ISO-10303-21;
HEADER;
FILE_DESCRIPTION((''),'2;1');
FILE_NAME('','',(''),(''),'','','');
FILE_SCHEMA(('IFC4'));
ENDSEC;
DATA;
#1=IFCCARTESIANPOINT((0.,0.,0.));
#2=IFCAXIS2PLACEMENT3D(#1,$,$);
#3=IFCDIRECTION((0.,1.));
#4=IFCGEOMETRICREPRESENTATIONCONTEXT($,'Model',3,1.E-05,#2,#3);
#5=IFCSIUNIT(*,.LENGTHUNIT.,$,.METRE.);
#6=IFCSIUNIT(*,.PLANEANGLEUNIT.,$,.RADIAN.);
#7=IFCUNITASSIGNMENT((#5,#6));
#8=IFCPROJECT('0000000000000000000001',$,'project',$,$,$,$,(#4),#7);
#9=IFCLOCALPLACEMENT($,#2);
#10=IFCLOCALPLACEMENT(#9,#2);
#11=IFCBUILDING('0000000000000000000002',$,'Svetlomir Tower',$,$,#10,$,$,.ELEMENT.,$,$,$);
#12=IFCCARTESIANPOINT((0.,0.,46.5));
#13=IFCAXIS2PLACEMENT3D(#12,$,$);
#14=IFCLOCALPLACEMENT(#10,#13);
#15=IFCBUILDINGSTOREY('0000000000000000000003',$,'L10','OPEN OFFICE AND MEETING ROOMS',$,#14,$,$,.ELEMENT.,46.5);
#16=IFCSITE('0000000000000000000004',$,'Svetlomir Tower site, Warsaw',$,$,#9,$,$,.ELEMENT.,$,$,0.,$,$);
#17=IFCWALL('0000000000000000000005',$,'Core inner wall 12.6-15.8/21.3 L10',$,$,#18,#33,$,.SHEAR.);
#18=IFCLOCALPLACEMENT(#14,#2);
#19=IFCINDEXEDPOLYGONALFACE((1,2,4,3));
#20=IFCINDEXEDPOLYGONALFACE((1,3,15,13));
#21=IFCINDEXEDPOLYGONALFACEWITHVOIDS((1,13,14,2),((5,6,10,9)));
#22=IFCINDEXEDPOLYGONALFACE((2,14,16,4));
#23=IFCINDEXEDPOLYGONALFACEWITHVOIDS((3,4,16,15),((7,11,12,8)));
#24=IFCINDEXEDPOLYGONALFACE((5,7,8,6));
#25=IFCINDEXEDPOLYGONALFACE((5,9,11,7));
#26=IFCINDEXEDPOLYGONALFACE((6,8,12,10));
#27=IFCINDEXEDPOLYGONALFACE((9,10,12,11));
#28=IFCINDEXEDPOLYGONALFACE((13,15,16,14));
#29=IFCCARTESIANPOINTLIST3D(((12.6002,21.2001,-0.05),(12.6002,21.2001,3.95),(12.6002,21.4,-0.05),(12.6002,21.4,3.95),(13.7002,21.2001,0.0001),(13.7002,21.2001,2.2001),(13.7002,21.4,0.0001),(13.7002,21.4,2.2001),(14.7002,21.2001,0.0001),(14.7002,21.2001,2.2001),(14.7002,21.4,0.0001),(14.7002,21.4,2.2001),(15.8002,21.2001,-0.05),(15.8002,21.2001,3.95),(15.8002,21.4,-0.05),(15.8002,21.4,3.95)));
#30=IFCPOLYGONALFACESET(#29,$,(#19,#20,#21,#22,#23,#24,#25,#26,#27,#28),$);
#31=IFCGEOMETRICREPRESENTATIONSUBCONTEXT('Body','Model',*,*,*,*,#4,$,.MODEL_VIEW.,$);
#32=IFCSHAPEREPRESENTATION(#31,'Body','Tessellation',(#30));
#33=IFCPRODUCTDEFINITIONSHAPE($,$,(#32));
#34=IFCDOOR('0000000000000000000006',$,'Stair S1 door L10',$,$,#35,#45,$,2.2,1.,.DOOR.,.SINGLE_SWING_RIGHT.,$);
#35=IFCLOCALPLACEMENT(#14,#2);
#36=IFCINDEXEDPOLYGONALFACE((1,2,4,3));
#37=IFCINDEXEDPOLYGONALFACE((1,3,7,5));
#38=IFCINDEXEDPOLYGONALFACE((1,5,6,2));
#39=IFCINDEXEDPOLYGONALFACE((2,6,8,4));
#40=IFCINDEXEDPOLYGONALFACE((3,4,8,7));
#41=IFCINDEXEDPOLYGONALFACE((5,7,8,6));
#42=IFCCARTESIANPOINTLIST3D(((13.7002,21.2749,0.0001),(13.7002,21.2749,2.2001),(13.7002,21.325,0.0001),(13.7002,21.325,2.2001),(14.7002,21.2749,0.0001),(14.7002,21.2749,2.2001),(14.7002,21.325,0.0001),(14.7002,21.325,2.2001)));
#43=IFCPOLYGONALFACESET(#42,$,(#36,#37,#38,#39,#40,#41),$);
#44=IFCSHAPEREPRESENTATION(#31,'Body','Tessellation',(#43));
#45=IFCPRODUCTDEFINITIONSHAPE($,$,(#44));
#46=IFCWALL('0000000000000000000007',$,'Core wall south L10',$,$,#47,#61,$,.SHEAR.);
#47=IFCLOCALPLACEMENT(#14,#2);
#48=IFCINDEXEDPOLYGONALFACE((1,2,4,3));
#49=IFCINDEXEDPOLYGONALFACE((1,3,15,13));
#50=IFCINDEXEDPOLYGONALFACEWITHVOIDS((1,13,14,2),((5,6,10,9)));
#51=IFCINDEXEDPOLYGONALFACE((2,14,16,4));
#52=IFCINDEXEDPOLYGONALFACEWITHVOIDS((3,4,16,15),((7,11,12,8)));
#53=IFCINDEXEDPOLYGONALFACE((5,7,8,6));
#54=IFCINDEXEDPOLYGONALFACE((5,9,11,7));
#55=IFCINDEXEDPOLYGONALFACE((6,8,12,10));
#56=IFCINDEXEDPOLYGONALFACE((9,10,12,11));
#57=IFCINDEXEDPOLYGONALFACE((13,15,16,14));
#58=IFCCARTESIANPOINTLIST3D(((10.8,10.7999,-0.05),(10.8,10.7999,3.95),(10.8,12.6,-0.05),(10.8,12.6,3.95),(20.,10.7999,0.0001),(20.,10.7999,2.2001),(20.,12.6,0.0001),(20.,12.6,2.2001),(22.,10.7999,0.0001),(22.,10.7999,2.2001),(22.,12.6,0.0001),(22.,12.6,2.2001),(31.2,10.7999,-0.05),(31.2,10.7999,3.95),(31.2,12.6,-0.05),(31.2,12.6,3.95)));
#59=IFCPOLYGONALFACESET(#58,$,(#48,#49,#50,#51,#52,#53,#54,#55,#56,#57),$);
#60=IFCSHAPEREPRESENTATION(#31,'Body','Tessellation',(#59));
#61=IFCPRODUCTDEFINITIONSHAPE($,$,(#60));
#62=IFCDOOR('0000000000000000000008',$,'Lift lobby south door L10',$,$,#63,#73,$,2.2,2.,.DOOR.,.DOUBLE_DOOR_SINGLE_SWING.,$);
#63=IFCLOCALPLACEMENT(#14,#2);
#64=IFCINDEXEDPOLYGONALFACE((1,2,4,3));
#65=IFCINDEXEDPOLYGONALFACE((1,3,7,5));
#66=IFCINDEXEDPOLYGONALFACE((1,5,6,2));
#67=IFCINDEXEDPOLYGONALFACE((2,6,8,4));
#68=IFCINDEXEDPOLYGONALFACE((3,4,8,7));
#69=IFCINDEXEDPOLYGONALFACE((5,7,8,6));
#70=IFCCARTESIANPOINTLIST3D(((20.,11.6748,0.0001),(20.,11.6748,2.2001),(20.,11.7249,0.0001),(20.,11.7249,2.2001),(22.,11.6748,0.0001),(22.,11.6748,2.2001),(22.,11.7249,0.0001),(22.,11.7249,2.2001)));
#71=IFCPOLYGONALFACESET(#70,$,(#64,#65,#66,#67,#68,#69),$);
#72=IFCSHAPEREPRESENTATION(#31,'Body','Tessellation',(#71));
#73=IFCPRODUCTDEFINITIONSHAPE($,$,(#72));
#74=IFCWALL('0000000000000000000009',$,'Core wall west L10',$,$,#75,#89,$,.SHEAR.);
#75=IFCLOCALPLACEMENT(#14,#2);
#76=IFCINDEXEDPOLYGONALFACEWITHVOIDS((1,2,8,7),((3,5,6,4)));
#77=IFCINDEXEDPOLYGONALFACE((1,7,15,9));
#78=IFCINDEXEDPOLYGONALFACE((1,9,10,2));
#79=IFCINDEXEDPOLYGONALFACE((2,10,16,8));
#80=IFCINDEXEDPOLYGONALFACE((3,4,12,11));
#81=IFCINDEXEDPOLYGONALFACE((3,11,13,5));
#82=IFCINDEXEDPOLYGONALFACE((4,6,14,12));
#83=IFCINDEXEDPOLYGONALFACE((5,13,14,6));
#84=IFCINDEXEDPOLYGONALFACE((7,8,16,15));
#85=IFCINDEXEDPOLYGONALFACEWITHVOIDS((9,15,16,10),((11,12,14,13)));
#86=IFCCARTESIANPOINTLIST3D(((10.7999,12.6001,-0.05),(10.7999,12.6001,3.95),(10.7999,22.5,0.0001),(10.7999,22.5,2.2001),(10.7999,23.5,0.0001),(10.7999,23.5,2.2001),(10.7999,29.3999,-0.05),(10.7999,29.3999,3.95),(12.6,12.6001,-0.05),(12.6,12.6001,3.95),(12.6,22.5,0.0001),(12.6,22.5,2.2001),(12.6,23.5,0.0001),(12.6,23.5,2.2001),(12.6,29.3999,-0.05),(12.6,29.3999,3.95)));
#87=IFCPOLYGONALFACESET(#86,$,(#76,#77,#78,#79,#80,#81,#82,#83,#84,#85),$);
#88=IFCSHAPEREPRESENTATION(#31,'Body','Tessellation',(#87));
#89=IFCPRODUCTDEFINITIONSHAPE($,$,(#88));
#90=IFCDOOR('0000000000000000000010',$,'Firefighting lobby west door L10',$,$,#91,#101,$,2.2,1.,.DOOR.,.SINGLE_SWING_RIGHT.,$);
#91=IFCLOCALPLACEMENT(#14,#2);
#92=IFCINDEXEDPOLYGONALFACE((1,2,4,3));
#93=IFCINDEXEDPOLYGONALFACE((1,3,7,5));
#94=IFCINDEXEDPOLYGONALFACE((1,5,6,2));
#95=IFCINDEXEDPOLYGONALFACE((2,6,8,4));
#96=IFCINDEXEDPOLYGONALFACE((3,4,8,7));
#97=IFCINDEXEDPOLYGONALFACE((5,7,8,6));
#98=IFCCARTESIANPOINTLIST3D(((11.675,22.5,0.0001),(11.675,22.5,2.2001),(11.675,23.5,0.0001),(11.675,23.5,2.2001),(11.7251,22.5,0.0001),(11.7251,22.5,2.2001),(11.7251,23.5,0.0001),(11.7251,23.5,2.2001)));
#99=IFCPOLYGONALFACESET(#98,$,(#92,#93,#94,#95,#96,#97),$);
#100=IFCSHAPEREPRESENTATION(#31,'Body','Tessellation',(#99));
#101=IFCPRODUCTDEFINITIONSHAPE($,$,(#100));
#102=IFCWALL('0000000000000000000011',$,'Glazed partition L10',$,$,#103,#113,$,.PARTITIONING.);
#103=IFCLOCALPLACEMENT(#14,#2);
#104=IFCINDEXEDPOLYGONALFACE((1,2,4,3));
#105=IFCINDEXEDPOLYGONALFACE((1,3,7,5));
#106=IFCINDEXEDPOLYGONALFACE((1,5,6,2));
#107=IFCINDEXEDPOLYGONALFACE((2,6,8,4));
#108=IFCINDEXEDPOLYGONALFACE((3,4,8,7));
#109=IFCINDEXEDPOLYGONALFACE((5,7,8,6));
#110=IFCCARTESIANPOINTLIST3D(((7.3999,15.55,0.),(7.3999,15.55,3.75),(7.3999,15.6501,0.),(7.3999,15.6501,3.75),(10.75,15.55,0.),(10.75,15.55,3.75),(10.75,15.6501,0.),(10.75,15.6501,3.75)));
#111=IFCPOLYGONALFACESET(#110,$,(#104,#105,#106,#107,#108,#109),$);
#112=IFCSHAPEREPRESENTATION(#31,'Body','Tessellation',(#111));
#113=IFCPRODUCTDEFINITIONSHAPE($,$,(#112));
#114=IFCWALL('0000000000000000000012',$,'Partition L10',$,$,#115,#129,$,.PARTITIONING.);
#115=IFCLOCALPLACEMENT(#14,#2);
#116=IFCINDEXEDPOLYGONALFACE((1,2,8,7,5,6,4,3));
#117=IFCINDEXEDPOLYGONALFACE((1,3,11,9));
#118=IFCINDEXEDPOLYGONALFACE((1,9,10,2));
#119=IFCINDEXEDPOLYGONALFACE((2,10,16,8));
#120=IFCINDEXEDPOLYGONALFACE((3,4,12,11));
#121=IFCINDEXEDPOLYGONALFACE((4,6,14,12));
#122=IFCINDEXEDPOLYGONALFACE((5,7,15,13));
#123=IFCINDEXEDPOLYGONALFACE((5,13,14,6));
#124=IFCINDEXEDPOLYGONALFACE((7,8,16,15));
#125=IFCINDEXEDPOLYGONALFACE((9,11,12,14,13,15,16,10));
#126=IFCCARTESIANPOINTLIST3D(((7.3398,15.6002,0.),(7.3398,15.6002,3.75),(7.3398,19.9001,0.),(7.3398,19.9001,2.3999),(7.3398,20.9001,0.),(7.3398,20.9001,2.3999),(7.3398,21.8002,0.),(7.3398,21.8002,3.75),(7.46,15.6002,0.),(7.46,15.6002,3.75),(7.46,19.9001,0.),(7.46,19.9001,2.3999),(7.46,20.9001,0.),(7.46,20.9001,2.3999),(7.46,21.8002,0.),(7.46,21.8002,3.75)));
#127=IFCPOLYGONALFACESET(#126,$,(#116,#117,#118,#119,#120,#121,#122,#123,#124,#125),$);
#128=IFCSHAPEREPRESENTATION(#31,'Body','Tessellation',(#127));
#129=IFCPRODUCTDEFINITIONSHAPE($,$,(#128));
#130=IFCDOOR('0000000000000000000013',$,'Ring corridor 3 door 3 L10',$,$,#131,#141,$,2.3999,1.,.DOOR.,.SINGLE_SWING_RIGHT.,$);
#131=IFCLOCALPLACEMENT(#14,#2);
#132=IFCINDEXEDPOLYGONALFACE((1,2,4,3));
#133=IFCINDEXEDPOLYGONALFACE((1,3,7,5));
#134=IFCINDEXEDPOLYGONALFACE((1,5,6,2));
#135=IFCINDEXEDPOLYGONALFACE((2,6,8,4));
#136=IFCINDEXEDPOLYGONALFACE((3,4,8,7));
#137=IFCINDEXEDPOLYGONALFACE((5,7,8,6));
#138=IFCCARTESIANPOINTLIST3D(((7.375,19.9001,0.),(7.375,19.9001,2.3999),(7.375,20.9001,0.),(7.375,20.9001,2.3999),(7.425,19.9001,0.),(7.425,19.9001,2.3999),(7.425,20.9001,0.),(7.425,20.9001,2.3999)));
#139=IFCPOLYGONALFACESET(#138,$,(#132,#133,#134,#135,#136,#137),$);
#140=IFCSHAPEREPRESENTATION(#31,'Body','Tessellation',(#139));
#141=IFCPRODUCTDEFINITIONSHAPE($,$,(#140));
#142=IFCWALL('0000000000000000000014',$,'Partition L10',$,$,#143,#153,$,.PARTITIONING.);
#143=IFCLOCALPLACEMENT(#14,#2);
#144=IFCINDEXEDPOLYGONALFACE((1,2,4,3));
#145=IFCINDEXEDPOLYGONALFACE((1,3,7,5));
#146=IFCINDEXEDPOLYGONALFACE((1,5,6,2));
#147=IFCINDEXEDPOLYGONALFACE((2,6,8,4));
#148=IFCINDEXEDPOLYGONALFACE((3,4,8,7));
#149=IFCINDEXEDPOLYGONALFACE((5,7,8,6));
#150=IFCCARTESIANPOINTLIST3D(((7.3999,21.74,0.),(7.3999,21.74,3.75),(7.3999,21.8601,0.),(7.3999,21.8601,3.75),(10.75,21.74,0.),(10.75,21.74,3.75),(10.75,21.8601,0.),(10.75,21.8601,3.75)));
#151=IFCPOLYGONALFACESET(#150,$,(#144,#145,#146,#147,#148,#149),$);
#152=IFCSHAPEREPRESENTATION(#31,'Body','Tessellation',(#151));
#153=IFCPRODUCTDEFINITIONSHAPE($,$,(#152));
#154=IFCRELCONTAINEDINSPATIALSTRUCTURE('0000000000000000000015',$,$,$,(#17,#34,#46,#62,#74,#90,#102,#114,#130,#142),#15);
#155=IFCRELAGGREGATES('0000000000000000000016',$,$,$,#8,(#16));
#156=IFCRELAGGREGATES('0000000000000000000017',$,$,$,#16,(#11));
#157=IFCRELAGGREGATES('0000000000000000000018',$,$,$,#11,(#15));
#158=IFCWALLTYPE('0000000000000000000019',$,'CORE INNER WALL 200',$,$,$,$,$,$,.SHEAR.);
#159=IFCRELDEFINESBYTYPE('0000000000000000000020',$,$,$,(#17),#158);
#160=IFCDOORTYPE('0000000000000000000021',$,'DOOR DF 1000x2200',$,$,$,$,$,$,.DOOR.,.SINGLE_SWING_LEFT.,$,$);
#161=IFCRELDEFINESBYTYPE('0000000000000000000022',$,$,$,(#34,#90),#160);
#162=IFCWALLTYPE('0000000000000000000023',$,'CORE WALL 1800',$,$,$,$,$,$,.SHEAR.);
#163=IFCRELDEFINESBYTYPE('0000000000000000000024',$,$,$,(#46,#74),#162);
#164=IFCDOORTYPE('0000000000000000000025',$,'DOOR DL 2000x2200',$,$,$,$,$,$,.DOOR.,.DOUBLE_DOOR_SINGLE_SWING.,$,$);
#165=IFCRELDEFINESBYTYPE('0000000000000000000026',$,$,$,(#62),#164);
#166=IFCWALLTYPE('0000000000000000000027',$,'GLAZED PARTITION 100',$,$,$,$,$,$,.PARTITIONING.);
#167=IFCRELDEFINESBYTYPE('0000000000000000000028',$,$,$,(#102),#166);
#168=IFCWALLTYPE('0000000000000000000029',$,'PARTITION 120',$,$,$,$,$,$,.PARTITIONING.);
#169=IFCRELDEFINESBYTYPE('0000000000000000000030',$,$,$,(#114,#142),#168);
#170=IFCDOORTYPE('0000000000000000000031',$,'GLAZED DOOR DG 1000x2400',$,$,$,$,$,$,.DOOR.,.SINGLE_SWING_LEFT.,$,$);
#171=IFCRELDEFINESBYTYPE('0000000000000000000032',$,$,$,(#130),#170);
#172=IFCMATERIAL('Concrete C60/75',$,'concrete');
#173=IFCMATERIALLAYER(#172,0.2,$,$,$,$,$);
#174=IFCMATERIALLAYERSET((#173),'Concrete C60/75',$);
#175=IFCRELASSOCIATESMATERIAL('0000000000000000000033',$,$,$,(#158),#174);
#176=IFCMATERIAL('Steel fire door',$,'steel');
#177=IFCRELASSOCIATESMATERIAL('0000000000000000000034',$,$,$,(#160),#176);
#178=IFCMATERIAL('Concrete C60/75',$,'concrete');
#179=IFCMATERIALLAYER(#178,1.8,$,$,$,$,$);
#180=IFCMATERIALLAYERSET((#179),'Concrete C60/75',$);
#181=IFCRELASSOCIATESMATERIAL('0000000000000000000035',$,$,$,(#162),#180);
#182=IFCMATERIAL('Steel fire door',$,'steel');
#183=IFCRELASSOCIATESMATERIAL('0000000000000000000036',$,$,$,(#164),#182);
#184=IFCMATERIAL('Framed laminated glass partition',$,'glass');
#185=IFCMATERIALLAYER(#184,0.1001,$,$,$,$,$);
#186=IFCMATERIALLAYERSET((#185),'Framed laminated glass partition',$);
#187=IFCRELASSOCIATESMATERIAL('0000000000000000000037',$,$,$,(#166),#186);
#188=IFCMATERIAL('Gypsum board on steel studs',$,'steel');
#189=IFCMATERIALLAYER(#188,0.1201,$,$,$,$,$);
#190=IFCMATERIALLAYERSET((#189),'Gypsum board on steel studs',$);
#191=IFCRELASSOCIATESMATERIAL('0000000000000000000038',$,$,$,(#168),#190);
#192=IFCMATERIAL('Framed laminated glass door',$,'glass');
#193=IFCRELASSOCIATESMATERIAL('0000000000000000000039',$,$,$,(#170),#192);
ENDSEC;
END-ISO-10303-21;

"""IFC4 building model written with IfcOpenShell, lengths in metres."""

from ifc_helpers import new_model, si_unit, direction, frame, frame_2d, origin, place, context, subcontext, project, spatial, rectangle, extrude, material, layer, layer_set, type_object, element, fill, save


model = new_model("IFC4")

# Units and contexts
model_context = context("Model", 3, precision=1e-05, world=origin(), true_north=direction((0.0, 1.0)))
body_context = subcontext(model_context, "Body", "Model", "MODEL_VIEW")
ifc_project = project(units=[si_unit("LENGTHUNIT", "METRE"), si_unit("PLANEANGLEUNIT", "RADIAN")], contexts=[model_context])

# Site, building, storey
site_placement = place(None, origin())
site = spatial("IfcSite", under=ifc_project, at=site_placement, Name="Svetlomir Tower site, Warsaw", CompositionType="ELEMENT", RefElevation=0.0)
building_placement = place(site_placement, origin())
building = spatial("IfcBuilding", under=site, at=building_placement, Name="Svetlomir Tower", CompositionType="ELEMENT")
storey_placement = place(building_placement, frame((0.0, 0.0, 46.5)))
storey = spatial("IfcBuildingStorey", under=building, at=storey_placement, Name="L10", Description="OPEN OFFICE AND MEETING ROOMS", CompositionType="ELEMENT", Elevation=46.5)

# Walls, openings, doors
ifc_material_1 = material(Name="Concrete C60/75", Category="concrete")
ifc_layer_1 = layer(ifc_material_1, 0.2)
ifc_layer_set_1 = layer_set([ifc_layer_1], Name="Concrete C60/75")
wall_type_1 = type_object("IfcWallType", Name="CORE INNER WALL 200", PredefinedType="SHEAR", material=ifc_layer_set_1)
wall_1_placement = place(storey_placement, frame((12.6001, 21.3, -0.05), z_axis=(0.0, 0.0, 1.0), x_axis=(1.0, 0.0, 0.0)))
wall_1 = element("IfcWall", 1, at=wall_1_placement, inside=storey, type_object=wall_type_1, Name="Core inner wall 12.6-15.8/21.3 L10", PredefinedType="SHEAR", context=body_context, shape_type="SweptSolid", body=[
    extrude(rectangle(XDim=3.2, YDim=0.2, at=frame_2d((1.6001, 0.0))), origin(), (0.0, 0.0, 1.0), 4.0),
])
opening_1_placement = place(wall_1_placement, frame((1.1001, 0.0, 0.05)))
opening_1 = element("IfcOpeningElement", 2, at=opening_1_placement, cuts=wall_1, PredefinedType="OPENING", context=body_context, shape_type="SweptSolid", body=[
    extrude(rectangle(XDim=1.0, YDim=2.2, at=frame_2d((0.5, 1.1001))), frame((0.0, 0.1099, 0.0), z_axis=(0.0, -1.0, 0.0), x_axis=(1.0, 0.0, 0.0)), (0.0, 0.0, 1.0), 0.22),
])
ifc_material_2 = material(Name="Steel fire door", Category="steel")
door_type_1 = type_object("IfcDoorType", Name="DOOR DF 1000x2200", OperationType="SINGLE_SWING_LEFT", PredefinedType="DOOR", material=ifc_material_2)
door_1_placement = place(opening_1_placement, origin())
door_1 = element("IfcDoor", 3, at=door_1_placement, inside=storey, type_object=door_type_1, Name="Stair S1 door L10", OperationType="SINGLE_SWING_RIGHT", OverallHeight=2.2, OverallWidth=1.0, PredefinedType="DOOR", context=body_context, shape_type="SweptSolid", body=[
    extrude(rectangle(XDim=1.0, YDim=2.2, at=frame_2d((0.5, 1.1001))), frame((0.0, 0.0249, 0.0), z_axis=(0.0, -1.0, 0.0), x_axis=(1.0, 0.0, 0.0)), (0.0, 0.0, 1.0), 0.05),
])
fill(opening_1, door_1)
ifc_material_3 = material(Name="Concrete C60/75", Category="concrete")
ifc_layer_2 = layer(ifc_material_3, 1.8)
ifc_layer_set_2 = layer_set([ifc_layer_2], Name="Concrete C60/75")
wall_type_2 = type_object("IfcWallType", Name="CORE WALL 1800", PredefinedType="SHEAR", material=ifc_layer_set_2)
wall_2_placement = place(storey_placement, frame((10.8, 11.7, -0.05), z_axis=(0.0, 0.0, 1.0), x_axis=(1.0, 0.0, 0.0)))
wall_2 = element("IfcWall", 4, at=wall_2_placement, inside=storey, type_object=wall_type_2, Name="Core wall south L10", PredefinedType="SHEAR", context=body_context, shape_type="SweptSolid", body=[
    extrude(rectangle(XDim=20.3999, YDim=1.8, at=frame_2d((10.2, 0.0))), origin(), (0.0, 0.0, 1.0), 4.0),
])
opening_2_placement = place(wall_2_placement, frame((9.2, 0.0, 0.05)))
opening_2 = element("IfcOpeningElement", 5, at=opening_2_placement, cuts=wall_2, PredefinedType="OPENING", context=body_context, shape_type="SweptSolid", body=[
    extrude(rectangle(XDim=2.0, YDim=2.2, at=frame_2d((1.0, 1.1001))), frame((0.0, 0.9102, 0.0), z_axis=(0.0, -1.0, 0.0), x_axis=(1.0, 0.0, 0.0)), (0.0, 0.0, 1.0), 1.8201),
])
ifc_material_4 = material(Name="Steel fire door", Category="steel")
door_type_2 = type_object("IfcDoorType", Name="DOOR DL 2000x2200", OperationType="DOUBLE_DOOR_SINGLE_SWING", PredefinedType="DOOR", material=ifc_material_4)
door_2_placement = place(opening_2_placement, origin())
door_2 = element("IfcDoor", 6, at=door_2_placement, inside=storey, type_object=door_type_2, Name="Lift lobby south door L10", OperationType="DOUBLE_DOOR_SINGLE_SWING", OverallHeight=2.2, OverallWidth=2.0, PredefinedType="DOOR", context=body_context, shape_type="SweptSolid", body=[
    extrude(rectangle(XDim=2.0, YDim=2.2, at=frame_2d((1.0, 1.1001))), frame((0.0, 0.0249, 0.0), z_axis=(0.0, -1.0, 0.0), x_axis=(1.0, 0.0, 0.0)), (0.0, 0.0, 1.0), 0.05),
])
fill(opening_2, door_2)
wall_3_placement = place(storey_placement, frame((11.7, 12.6001, -0.05), z_axis=(0.0, 0.0, 1.0), x_axis=(0.0, 1.0, 0.0)))
wall_3 = element("IfcWall", 7, at=wall_3_placement, inside=storey, type_object=wall_type_2, Name="Core wall west L10", PredefinedType="SHEAR", context=body_context, shape_type="SweptSolid", body=[
    extrude(rectangle(XDim=16.7998, YDim=1.8, at=frame_2d((8.3999, 0.0))), origin(), (0.0, 0.0, 1.0), 4.0),
])
opening_3_placement = place(wall_3_placement, frame((9.8999, 0.0, 0.05)))
opening_3 = element("IfcOpeningElement", 8, at=opening_3_placement, cuts=wall_3, PredefinedType="OPENING", context=body_context, shape_type="SweptSolid", body=[
    extrude(rectangle(XDim=1.0, YDim=2.2, at=frame_2d((0.5, 1.1001))), frame((0.0, 0.9102, 0.0), z_axis=(0.0, -1.0, 0.0), x_axis=(1.0, 0.0, 0.0)), (0.0, 0.0, 1.0), 1.8201),
])
door_3_placement = place(opening_3_placement, origin())
door_3 = element("IfcDoor", 9, at=door_3_placement, inside=storey, type_object=door_type_1, Name="Firefighting lobby west door L10", OperationType="SINGLE_SWING_RIGHT", OverallHeight=2.2, OverallWidth=1.0, PredefinedType="DOOR", context=body_context, shape_type="SweptSolid", body=[
    extrude(rectangle(XDim=1.0, YDim=2.2, at=frame_2d((0.5, 1.1001))), frame((0.0, 0.0249, 0.0), z_axis=(0.0, -1.0, 0.0), x_axis=(1.0, 0.0, 0.0)), (0.0, 0.0, 1.0), 0.05),
])
fill(opening_3, door_3)

# Wall
ifc_material_5 = material(Name="Framed laminated glass partition", Category="glass")
ifc_layer_3 = layer(ifc_material_5, 0.1001)
ifc_layer_set_3 = layer_set([ifc_layer_3], Name="Framed laminated glass partition")
wall_type_3 = type_object("IfcWallType", Name="GLAZED PARTITION 100", PredefinedType="PARTITIONING", material=ifc_layer_set_3)
wall_4_placement = place(storey_placement, frame((7.3999, 15.6001, 0.0), z_axis=(0.0, 0.0, 1.0), x_axis=(1.0, 0.0, 0.0)))
element("IfcWall", 10, at=wall_4_placement, inside=storey, type_object=wall_type_3, Name="Glazed partition L10", PredefinedType="PARTITIONING", context=body_context, shape_type="SweptSolid", body=[
    extrude(rectangle(XDim=3.3501, YDim=0.1001, at=frame_2d((1.675, 0.0))), origin(), (0.0, 0.0, 1.0), 3.75),
])

# Wall, opening, door
ifc_material_6 = material(Name="Gypsum board on steel studs", Category="steel")
ifc_layer_4 = layer(ifc_material_6, 0.1201)
ifc_layer_set_4 = layer_set([ifc_layer_4], Name="Gypsum board on steel studs")
wall_type_4 = type_object("IfcWallType", Name="PARTITION 120", PredefinedType="PARTITIONING", material=ifc_layer_set_4)
wall_5_placement = place(storey_placement, frame((7.3999, 15.6001, 0.0), z_axis=(0.0, 0.0, 1.0), x_axis=(0.0, 1.0, 0.0)))
wall_5 = element("IfcWall", 11, at=wall_5_placement, inside=storey, type_object=wall_type_4, Name="Partition L10", PredefinedType="PARTITIONING", context=body_context, shape_type="SweptSolid", body=[
    extrude(rectangle(XDim=6.2, YDim=0.1201, at=frame_2d((3.1001, 0.0))), origin(), (0.0, 0.0, 1.0), 3.75),
])
opening_4_placement = place(wall_5_placement, frame((4.3, 0.0, 0.0)))
opening_4 = element("IfcOpeningElement", 12, at=opening_4_placement, cuts=wall_5, PredefinedType="OPENING", context=body_context, shape_type="SweptSolid", body=[
    extrude(rectangle(XDim=1.0, YDim=2.3999, at=frame_2d((0.5, 1.2))), frame((0.0, 0.0701, 0.0), z_axis=(0.0, -1.0, 0.0), x_axis=(1.0, 0.0, 0.0)), (0.0, 0.0, 1.0), 0.1401),
])
ifc_material_7 = material(Name="Framed laminated glass door", Category="glass")
door_type_3 = type_object("IfcDoorType", Name="GLAZED DOOR DG 1000x2400", OperationType="SINGLE_SWING_LEFT", PredefinedType="DOOR", material=ifc_material_7)
door_4_placement = place(opening_4_placement, origin())
door_4 = element("IfcDoor", 13, at=door_4_placement, inside=storey, type_object=door_type_3, Name="Ring corridor 3 door 3 L10", OperationType="SINGLE_SWING_RIGHT", OverallHeight=2.3999, OverallWidth=1.0, PredefinedType="DOOR", context=body_context, shape_type="SweptSolid", body=[
    extrude(rectangle(XDim=1.0, YDim=2.3999, at=frame_2d((0.5, 1.2))), frame((0.0, 0.0249, 0.0), z_axis=(0.0, -1.0, 0.0), x_axis=(1.0, 0.0, 0.0)), (0.0, 0.0, 1.0), 0.05),
])
fill(opening_4, door_4)

# Wall
wall_6_placement = place(storey_placement, frame((7.3999, 21.8, 0.0), z_axis=(0.0, 0.0, 1.0), x_axis=(1.0, 0.0, 0.0)))
element("IfcWall", 14, at=wall_6_placement, inside=storey, type_object=wall_type_4, Name="Partition L10", PredefinedType="PARTITIONING", context=body_context, shape_type="SweptSolid", body=[
    extrude(rectangle(XDim=3.3501, YDim=0.1201, at=frame_2d((1.675, 0.0))), origin(), (0.0, 0.0, 1.0), 3.75),
])

save(model, "model.ifc")
